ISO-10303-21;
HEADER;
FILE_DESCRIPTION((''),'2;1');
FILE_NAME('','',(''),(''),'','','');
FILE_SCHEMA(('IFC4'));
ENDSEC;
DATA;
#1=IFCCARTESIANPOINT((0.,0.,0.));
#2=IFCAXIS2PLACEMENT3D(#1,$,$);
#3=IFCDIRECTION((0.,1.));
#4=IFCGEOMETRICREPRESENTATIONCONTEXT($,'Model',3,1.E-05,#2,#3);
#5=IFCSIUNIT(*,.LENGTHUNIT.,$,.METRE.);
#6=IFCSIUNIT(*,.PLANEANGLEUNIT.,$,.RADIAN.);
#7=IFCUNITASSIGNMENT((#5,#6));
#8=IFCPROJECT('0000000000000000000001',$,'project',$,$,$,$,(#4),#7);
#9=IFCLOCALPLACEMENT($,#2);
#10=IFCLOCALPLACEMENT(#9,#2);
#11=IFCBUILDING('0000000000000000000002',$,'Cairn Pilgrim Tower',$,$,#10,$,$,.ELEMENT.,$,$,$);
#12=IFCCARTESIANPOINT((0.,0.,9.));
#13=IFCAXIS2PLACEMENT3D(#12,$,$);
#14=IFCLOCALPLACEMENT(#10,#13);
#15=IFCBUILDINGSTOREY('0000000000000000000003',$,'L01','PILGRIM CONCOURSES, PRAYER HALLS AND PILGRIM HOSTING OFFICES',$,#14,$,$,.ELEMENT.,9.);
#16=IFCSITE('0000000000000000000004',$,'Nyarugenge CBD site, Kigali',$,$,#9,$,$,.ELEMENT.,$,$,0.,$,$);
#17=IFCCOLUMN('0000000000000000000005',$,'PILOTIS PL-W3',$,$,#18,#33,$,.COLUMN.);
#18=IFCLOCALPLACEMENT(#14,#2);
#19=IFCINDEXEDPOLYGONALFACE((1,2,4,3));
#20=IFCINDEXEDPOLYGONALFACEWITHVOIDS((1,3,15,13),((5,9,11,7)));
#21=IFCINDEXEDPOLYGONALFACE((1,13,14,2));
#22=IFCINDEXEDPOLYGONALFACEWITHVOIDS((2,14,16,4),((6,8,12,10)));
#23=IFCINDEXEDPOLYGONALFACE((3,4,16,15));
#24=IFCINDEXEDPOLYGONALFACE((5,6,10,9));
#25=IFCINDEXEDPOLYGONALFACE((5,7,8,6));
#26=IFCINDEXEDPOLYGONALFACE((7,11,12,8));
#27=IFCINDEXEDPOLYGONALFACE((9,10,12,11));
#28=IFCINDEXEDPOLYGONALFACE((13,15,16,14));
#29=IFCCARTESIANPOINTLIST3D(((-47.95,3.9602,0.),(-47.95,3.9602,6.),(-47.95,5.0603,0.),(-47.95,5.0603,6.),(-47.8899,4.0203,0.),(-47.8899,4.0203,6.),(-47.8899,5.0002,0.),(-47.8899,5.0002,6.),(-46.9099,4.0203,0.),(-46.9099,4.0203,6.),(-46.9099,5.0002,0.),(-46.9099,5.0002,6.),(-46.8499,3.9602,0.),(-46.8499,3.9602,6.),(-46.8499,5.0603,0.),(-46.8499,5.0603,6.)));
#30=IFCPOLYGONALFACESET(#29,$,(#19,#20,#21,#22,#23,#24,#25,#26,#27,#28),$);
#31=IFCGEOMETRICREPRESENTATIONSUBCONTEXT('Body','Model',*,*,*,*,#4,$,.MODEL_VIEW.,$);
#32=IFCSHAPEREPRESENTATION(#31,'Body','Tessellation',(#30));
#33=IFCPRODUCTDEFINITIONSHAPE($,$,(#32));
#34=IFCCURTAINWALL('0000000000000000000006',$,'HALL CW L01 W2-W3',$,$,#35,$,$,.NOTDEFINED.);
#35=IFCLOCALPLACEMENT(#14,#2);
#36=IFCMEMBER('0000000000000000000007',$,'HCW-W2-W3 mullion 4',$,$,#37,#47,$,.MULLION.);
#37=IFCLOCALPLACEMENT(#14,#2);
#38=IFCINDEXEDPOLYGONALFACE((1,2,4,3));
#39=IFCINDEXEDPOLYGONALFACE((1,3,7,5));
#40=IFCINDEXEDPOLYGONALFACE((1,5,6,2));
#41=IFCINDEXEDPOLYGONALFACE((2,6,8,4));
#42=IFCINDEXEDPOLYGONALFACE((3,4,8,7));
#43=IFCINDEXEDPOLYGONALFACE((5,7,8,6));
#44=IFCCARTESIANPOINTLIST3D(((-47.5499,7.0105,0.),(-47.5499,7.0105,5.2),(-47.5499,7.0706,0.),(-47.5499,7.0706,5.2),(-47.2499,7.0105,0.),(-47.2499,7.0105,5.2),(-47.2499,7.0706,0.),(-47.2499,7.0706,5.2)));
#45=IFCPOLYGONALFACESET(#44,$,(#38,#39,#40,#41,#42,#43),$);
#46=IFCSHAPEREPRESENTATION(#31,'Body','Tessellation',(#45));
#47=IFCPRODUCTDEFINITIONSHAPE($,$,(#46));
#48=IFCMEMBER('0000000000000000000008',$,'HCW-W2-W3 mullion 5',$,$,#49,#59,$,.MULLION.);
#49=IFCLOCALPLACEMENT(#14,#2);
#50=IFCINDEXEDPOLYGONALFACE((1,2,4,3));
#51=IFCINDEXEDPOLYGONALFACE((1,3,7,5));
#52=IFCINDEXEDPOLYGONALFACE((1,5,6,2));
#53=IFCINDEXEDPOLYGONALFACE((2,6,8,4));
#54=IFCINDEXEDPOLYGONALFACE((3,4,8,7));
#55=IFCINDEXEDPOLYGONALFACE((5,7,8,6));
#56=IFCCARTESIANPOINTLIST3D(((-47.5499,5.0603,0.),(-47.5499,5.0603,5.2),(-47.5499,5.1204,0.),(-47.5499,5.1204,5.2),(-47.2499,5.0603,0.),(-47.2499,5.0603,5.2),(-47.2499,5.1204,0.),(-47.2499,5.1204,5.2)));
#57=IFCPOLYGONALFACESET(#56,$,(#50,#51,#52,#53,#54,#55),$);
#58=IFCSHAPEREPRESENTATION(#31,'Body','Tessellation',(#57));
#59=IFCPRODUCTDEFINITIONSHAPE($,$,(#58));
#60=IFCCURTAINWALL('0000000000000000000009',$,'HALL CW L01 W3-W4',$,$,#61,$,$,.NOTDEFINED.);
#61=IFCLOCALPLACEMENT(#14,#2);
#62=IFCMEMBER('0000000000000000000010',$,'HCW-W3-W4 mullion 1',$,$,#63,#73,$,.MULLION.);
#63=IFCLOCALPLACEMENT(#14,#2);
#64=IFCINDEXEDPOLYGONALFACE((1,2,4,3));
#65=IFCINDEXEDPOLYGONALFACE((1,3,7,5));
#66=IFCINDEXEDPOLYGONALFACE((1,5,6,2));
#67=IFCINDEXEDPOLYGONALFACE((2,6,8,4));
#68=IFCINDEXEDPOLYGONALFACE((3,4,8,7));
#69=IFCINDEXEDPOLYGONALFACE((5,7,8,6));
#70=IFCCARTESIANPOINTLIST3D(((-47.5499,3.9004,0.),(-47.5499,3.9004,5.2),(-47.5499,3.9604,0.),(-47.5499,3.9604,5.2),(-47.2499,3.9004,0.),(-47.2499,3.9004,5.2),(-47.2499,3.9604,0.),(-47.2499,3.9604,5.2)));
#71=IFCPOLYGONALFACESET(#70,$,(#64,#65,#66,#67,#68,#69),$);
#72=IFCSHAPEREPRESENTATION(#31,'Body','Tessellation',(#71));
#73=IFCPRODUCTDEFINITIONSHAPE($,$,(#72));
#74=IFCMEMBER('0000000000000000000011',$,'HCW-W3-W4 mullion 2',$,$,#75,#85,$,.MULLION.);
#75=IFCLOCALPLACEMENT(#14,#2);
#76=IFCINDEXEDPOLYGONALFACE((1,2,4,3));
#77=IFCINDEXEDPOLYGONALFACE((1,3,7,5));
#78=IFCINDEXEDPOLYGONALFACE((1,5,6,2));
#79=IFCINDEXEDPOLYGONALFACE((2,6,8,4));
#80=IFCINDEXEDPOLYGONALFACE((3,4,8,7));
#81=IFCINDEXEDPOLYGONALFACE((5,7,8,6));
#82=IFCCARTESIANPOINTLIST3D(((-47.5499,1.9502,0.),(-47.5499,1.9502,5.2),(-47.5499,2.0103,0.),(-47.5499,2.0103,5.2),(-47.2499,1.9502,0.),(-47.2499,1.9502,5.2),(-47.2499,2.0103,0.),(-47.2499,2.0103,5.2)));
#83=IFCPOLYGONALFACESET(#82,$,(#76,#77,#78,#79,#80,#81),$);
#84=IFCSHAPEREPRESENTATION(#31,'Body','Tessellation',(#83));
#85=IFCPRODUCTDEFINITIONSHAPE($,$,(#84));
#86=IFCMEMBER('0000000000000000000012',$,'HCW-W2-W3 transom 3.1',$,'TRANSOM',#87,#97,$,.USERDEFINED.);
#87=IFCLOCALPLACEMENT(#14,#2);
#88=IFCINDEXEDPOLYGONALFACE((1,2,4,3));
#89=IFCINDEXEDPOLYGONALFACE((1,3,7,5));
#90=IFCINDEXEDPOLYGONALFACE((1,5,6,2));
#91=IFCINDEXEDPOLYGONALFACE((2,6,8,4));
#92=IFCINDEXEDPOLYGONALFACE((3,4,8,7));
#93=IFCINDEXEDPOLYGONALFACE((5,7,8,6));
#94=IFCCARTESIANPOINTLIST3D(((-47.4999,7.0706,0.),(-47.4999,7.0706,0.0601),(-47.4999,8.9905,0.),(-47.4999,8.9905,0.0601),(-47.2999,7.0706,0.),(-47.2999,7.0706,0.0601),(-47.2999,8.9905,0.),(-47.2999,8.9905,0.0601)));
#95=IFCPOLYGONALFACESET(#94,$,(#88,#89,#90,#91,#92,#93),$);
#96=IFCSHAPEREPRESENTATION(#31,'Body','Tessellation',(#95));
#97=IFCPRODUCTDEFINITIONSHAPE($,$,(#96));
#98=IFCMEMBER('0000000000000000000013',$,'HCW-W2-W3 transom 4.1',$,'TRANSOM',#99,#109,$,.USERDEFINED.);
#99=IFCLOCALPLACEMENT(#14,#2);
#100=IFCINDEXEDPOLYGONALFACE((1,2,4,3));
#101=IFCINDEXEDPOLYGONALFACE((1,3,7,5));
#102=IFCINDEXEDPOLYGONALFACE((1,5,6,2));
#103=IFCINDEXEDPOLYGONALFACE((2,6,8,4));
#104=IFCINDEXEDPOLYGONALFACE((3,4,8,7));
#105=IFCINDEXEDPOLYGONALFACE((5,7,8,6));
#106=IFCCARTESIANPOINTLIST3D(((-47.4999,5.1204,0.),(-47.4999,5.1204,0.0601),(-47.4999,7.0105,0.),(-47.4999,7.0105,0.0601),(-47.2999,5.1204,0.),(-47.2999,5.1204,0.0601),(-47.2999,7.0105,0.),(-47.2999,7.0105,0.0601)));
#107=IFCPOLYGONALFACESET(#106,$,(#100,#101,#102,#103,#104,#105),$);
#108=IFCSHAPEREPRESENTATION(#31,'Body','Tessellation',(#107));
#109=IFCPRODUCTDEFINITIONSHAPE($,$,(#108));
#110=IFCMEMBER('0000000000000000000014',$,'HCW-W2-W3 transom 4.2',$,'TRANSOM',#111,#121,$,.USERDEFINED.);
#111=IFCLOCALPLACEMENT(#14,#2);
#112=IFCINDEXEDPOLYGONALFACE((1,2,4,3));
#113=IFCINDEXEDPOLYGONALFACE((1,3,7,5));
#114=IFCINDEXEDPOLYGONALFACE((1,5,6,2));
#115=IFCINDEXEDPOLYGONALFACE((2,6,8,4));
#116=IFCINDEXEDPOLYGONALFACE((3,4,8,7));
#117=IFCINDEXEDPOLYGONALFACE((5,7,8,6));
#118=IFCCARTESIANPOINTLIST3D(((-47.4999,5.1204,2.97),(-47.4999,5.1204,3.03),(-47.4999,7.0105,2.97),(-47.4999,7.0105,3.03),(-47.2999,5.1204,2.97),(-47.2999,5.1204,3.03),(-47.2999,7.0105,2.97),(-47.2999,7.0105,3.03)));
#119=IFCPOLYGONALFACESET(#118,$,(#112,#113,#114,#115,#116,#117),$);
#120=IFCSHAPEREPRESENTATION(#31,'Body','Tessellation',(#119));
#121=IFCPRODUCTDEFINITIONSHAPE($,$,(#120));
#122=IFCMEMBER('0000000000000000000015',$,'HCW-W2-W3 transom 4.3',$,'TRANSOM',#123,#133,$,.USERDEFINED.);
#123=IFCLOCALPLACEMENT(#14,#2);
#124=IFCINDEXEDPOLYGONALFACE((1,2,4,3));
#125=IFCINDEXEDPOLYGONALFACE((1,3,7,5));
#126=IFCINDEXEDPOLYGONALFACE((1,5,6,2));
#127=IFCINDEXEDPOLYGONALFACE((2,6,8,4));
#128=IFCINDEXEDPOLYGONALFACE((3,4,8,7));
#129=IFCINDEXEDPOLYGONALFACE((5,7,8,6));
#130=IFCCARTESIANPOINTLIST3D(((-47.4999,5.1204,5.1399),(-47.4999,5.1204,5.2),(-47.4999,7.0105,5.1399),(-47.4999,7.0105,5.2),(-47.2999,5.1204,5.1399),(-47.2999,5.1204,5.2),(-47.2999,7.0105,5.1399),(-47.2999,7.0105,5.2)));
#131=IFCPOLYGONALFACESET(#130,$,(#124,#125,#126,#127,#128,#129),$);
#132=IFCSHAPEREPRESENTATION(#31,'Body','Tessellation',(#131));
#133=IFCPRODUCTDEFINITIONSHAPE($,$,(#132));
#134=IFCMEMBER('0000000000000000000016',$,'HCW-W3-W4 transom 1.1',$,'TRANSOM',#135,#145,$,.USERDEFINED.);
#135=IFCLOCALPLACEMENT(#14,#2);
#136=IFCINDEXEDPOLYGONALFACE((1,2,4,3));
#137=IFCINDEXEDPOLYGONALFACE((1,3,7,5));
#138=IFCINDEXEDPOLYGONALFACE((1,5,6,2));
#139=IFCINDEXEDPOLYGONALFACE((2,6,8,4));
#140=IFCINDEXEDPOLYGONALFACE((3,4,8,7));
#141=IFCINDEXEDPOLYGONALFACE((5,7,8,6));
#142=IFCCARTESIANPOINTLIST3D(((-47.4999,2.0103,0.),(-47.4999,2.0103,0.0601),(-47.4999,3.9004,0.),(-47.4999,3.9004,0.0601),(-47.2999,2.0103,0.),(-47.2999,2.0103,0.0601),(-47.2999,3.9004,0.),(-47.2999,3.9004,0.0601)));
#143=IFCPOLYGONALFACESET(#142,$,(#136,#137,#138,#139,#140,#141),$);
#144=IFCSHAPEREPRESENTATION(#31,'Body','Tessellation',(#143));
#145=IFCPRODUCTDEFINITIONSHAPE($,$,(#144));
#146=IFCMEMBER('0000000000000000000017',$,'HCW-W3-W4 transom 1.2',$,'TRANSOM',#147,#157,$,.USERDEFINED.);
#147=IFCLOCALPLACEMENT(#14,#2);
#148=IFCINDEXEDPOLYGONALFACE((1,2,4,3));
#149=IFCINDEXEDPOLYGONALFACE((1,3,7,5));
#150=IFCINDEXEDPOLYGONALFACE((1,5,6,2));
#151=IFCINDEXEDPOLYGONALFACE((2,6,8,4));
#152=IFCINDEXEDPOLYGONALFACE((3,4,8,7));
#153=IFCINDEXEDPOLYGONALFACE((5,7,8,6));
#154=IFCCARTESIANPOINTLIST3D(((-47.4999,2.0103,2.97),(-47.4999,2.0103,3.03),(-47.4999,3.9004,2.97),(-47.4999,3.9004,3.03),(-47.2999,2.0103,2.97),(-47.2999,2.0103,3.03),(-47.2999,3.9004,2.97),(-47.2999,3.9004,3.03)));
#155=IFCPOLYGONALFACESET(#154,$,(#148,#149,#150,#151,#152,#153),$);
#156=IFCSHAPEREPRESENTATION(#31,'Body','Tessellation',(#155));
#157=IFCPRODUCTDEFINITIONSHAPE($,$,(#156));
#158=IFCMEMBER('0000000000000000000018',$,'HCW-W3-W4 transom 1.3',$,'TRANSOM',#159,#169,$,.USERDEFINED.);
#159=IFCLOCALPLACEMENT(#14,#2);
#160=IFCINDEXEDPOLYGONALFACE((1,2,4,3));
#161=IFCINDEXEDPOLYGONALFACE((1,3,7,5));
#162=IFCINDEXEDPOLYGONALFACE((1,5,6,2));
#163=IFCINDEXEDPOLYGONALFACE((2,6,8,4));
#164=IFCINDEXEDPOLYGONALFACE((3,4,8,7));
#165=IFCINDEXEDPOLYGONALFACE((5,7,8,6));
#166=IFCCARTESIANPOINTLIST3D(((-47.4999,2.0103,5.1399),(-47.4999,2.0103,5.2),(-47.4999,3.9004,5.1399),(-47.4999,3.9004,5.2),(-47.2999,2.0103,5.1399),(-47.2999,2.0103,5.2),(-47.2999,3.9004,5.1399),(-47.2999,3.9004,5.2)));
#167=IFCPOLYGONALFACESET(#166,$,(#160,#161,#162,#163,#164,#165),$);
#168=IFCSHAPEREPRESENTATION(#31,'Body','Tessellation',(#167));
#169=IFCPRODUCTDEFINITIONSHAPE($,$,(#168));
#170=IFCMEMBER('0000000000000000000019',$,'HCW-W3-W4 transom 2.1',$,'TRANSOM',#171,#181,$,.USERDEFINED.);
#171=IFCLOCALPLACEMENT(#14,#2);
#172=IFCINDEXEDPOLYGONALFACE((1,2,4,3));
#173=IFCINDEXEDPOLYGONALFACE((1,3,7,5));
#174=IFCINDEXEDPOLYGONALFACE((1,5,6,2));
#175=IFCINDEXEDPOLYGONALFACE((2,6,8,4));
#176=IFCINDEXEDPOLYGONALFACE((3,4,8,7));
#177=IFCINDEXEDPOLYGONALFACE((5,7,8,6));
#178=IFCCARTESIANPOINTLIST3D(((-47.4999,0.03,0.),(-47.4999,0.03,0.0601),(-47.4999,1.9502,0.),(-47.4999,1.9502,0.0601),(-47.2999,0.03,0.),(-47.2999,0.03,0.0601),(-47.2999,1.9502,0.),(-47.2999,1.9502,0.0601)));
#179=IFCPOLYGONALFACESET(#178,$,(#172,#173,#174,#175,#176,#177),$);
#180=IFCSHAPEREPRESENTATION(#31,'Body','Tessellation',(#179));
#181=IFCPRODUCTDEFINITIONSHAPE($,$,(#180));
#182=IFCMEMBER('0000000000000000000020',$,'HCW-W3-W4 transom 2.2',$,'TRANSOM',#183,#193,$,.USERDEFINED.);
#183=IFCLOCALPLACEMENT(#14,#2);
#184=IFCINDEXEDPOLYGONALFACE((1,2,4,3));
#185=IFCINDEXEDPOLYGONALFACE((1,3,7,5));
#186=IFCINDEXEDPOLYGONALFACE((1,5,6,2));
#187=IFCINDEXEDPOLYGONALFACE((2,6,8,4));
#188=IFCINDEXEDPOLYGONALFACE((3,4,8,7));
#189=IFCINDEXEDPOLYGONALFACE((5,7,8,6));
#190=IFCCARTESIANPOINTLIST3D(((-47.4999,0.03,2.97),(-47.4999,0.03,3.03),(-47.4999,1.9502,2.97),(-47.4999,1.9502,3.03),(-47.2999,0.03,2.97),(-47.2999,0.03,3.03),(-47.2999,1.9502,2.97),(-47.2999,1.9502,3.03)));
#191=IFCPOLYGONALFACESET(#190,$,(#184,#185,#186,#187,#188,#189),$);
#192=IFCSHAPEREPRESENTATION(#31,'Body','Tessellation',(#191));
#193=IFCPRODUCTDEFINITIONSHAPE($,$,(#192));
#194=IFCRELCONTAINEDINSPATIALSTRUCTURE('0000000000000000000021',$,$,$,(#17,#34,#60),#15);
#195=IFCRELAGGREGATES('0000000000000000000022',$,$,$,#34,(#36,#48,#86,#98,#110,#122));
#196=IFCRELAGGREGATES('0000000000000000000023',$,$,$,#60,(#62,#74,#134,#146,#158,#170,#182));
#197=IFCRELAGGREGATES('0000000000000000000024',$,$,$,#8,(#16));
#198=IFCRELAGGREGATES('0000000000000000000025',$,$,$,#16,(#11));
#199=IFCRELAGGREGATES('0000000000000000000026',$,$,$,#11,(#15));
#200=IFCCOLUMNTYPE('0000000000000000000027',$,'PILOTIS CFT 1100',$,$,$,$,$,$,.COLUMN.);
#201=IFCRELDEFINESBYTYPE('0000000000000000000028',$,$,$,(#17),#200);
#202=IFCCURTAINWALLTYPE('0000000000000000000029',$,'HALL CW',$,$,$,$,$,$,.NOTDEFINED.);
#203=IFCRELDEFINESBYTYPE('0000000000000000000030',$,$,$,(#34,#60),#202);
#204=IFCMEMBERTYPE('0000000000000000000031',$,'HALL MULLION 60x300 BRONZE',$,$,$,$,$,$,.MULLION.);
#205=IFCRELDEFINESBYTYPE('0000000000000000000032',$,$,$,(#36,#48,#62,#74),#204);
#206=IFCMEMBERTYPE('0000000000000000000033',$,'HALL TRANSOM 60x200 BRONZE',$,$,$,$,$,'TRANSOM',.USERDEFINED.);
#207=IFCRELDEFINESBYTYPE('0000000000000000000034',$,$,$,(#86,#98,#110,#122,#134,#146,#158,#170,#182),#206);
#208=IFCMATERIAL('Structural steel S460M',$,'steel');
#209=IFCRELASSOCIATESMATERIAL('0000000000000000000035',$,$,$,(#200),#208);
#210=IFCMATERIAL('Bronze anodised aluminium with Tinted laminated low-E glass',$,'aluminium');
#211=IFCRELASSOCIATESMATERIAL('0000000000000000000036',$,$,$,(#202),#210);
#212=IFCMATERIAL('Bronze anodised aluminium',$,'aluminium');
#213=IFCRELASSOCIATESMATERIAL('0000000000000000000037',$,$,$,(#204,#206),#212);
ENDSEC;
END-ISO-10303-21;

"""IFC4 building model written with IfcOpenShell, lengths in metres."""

from ifc_helpers import new_model, si_unit, direction, frame, origin, origin_2d, place, context, subcontext, project, spatial, rectangle, hollow_rectangle, extrude, material, material_profile, profile_set, type_object, element, aggregate, save


model = new_model("IFC4")

# Units and contexts
model_context = context("Model", 3, precision=1e-05, world=origin(), true_north=direction((0.0, 1.0)))
body_context = subcontext(model_context, "Body", "Model", "MODEL_VIEW")
ifc_project = project(units=[si_unit("LENGTHUNIT", "METRE"), si_unit("PLANEANGLEUNIT", "RADIAN")], contexts=[model_context])

# Site, building, storey
site_placement = place(None, origin())
site = spatial("IfcSite", under=ifc_project, at=site_placement, Name="Nyarugenge CBD site, Kigali", CompositionType="ELEMENT", RefElevation=0.0)
building_placement = place(site_placement, origin())
building = spatial("IfcBuilding", under=site, at=building_placement, Name="Cairn Pilgrim Tower", CompositionType="ELEMENT")
storey_placement = place(building_placement, frame((0.0, 0.0, 9.0)))
storey = spatial("IfcBuildingStorey", under=building, at=storey_placement, Name="L01", Description="PILGRIM CONCOURSES, PRAYER HALLS AND PILGRIM HOSTING OFFICES", CompositionType="ELEMENT", Elevation=9.0)

# Column
ifc_material_1 = material(Name="Structural steel S460M", Category="steel")
ifc_material_profile_1 = material_profile(ifc_material_1, hollow_rectangle(XDim=1.1001, YDim=1.1001, WallThickness=0.0601, at=origin_2d()), Name="BOX 1100x1100x60")
ifc_profile_set_1 = profile_set([ifc_material_profile_1], Name="Structural steel S460M")
column_type = type_object("IfcColumnType", Name="PILOTIS CFT 1100", PredefinedType="COLUMN", material=ifc_profile_set_1)
column_placement = place(storey_placement, frame((-47.3999, 4.5103, 0.0), z_axis=(0.0, 0.0, 1.0), x_axis=(1.0, 0.0, 0.0)))
element("IfcColumn", 1, at=column_placement, inside=storey, type_object=column_type, Name="PILOTIS PL-W3", PredefinedType="COLUMN", context=body_context, shape_type="SweptSolid", body=[
    extrude(hollow_rectangle(XDim=1.1001, YDim=1.1001, WallThickness=0.0601, at=origin_2d()), origin(), (0.0, 0.0, 1.0), 6.0),
])

# Curtain walls, members
ifc_material_2 = material(Name="Bronze anodised aluminium with Tinted laminated low-E glass", Category="aluminium")
curtain_wall_type = type_object("IfcCurtainWallType", Name="HALL CW", PredefinedType="NOTDEFINED", material=ifc_material_2)
curtain_wall_1_placement = place(storey_placement, origin())
curtain_wall_1 = element("IfcCurtainWall", 2, at=curtain_wall_1_placement, inside=storey, type_object=curtain_wall_type, Name="HALL CW L01 W2-W3", PredefinedType="NOTDEFINED")
ifc_material_3 = material(Name="Bronze anodised aluminium", Category="aluminium")
ifc_material_profile_2 = material_profile(ifc_material_3, rectangle(XDim=0.3, YDim=0.0601, at=origin_2d()), Name="HALL MULLION 60x300 BRONZE")
ifc_profile_set_2 = profile_set([ifc_material_profile_2], Name="Bronze anodised aluminium")
member_type_1 = type_object("IfcMemberType", Name="HALL MULLION 60x300 BRONZE", PredefinedType="MULLION", material=ifc_profile_set_2)
member_1_placement = place(storey_placement, frame((-47.3999, 7.0405, 0.0), z_axis=(0.0, 0.0, 1.0), x_axis=(1.0, 0.0, 0.0)))
member_1 = element("IfcMember", 3, at=member_1_placement, type_object=member_type_1, Name="HCW-W2-W3 mullion 4", PredefinedType="MULLION", context=body_context, shape_type="SweptSolid", body=[
    extrude(rectangle(XDim=0.3, YDim=0.0601, at=origin_2d()), origin(), (0.0, 0.0, 1.0), 5.2),
])
member_2_placement = place(storey_placement, frame((-47.3999, 5.0903, 0.0), z_axis=(0.0, 0.0, 1.0), x_axis=(1.0, 0.0, 0.0)))
member_2 = element("IfcMember", 4, at=member_2_placement, type_object=member_type_1, Name="HCW-W2-W3 mullion 5", PredefinedType="MULLION", context=body_context, shape_type="SweptSolid", body=[
    extrude(rectangle(XDim=0.3, YDim=0.0601, at=origin_2d()), origin(), (0.0, 0.0, 1.0), 5.2),
])
curtain_wall_2_placement = place(storey_placement, origin())
curtain_wall_2 = element("IfcCurtainWall", 5, at=curtain_wall_2_placement, inside=storey, type_object=curtain_wall_type, Name="HALL CW L01 W3-W4", PredefinedType="NOTDEFINED")
member_3_placement = place(storey_placement, frame((-47.3999, 3.9304, 0.0), z_axis=(0.0, 0.0, 1.0), x_axis=(1.0, 0.0, 0.0)))
member_3 = element("IfcMember", 6, at=member_3_placement, type_object=member_type_1, Name="HCW-W3-W4 mullion 1", PredefinedType="MULLION", context=body_context, shape_type="SweptSolid", body=[
    extrude(rectangle(XDim=0.3, YDim=0.0601, at=origin_2d()), origin(), (0.0, 0.0, 1.0), 5.2),
])
member_4_placement = place(storey_placement, frame((-47.3999, 1.9802, 0.0), z_axis=(0.0, 0.0, 1.0), x_axis=(1.0, 0.0, 0.0)))
member_4 = element("IfcMember", 7, at=member_4_placement, type_object=member_type_1, Name="HCW-W3-W4 mullion 2", PredefinedType="MULLION", context=body_context, shape_type="SweptSolid", body=[
    extrude(rectangle(XDim=0.3, YDim=0.0601, at=origin_2d()), origin(), (0.0, 0.0, 1.0), 5.2),
])

# Members
ifc_material_profile_3 = material_profile(ifc_material_3, rectangle(XDim=0.2, YDim=0.0601, at=origin_2d()), Name="HALL TRANSOM 60x200 BRONZE")
ifc_profile_set_3 = profile_set([ifc_material_profile_3], Name="Bronze anodised aluminium")
member_type_2 = type_object("IfcMemberType", Name="HALL TRANSOM 60x200 BRONZE", ElementType="TRANSOM", PredefinedType="USERDEFINED", material=ifc_profile_set_3)
member_5_placement = place(storey_placement, frame((-47.3999, 8.9905, 0.03), z_axis=(0.0, -1.0, 0.0), x_axis=(1.0, 0.0, 0.0)))
member_5 = element("IfcMember", 8, at=member_5_placement, type_object=member_type_2, Name="HCW-W2-W3 transom 3.1", ObjectType="TRANSOM", PredefinedType="USERDEFINED", context=body_context, shape_type="SweptSolid", body=[
    extrude(rectangle(XDim=0.2, YDim=0.0601, at=origin_2d()), origin(), (0.0, 0.0, 1.0), 1.9199),
])
member_6_placement = place(storey_placement, frame((-47.3999, 7.0105, 0.03), z_axis=(0.0, -1.0, 0.0), x_axis=(1.0, 0.0, 0.0)))
member_6 = element("IfcMember", 9, at=member_6_placement, type_object=member_type_2, Name="HCW-W2-W3 transom 4.1", ObjectType="TRANSOM", PredefinedType="USERDEFINED", context=body_context, shape_type="SweptSolid", body=[
    extrude(rectangle(XDim=0.2, YDim=0.0601, at=origin_2d()), origin(), (0.0, 0.0, 1.0), 1.8901),
])
member_7_placement = place(storey_placement, frame((-47.3999, 7.0105, 3.0), z_axis=(0.0, -1.0, 0.0), x_axis=(1.0, 0.0, 0.0)))
member_7 = element("IfcMember", 10, at=member_7_placement, type_object=member_type_2, Name="HCW-W2-W3 transom 4.2", ObjectType="TRANSOM", PredefinedType="USERDEFINED", context=body_context, shape_type="SweptSolid", body=[
    extrude(rectangle(XDim=0.2, YDim=0.0601, at=origin_2d()), origin(), (0.0, 0.0, 1.0), 1.8901),
])
member_8_placement = place(storey_placement, frame((-47.3999, 7.0105, 5.1699), z_axis=(0.0, -1.0, 0.0), x_axis=(1.0, 0.0, 0.0)))
member_8 = element("IfcMember", 11, at=member_8_placement, type_object=member_type_2, Name="HCW-W2-W3 transom 4.3", ObjectType="TRANSOM", PredefinedType="USERDEFINED", context=body_context, shape_type="SweptSolid", body=[
    extrude(rectangle(XDim=0.2, YDim=0.0601, at=origin_2d()), origin(), (0.0, 0.0, 1.0), 1.8901),
])
member_9_placement = place(storey_placement, frame((-47.3999, 3.9004, 0.03), z_axis=(0.0, -1.0, 0.0), x_axis=(1.0, 0.0, 0.0)))
member_9 = element("IfcMember", 12, at=member_9_placement, type_object=member_type_2, Name="HCW-W3-W4 transom 1.1", ObjectType="TRANSOM", PredefinedType="USERDEFINED", context=body_context, shape_type="SweptSolid", body=[
    extrude(rectangle(XDim=0.2, YDim=0.0601, at=origin_2d()), origin(), (0.0, 0.0, 1.0), 1.8901),
])
member_10_placement = place(storey_placement, frame((-47.3999, 3.9004, 3.0), z_axis=(0.0, -1.0, 0.0), x_axis=(1.0, 0.0, 0.0)))
member_10 = element("IfcMember", 13, at=member_10_placement, type_object=member_type_2, Name="HCW-W3-W4 transom 1.2", ObjectType="TRANSOM", PredefinedType="USERDEFINED", context=body_context, shape_type="SweptSolid", body=[
    extrude(rectangle(XDim=0.2, YDim=0.0601, at=origin_2d()), origin(), (0.0, 0.0, 1.0), 1.8901),
])
member_11_placement = place(storey_placement, frame((-47.3999, 3.9004, 5.1699), z_axis=(0.0, -1.0, 0.0), x_axis=(1.0, 0.0, 0.0)))
member_11 = element("IfcMember", 14, at=member_11_placement, type_object=member_type_2, Name="HCW-W3-W4 transom 1.3", ObjectType="TRANSOM", PredefinedType="USERDEFINED", context=body_context, shape_type="SweptSolid", body=[
    extrude(rectangle(XDim=0.2, YDim=0.0601, at=origin_2d()), origin(), (0.0, 0.0, 1.0), 1.8901),
])
member_12_placement = place(storey_placement, frame((-47.3999, 1.9502, 0.03), z_axis=(0.0, -1.0, 0.0), x_axis=(1.0, 0.0, 0.0)))
member_12 = element("IfcMember", 15, at=member_12_placement, type_object=member_type_2, Name="HCW-W3-W4 transom 2.1", ObjectType="TRANSOM", PredefinedType="USERDEFINED", context=body_context, shape_type="SweptSolid", body=[
    extrude(rectangle(XDim=0.2, YDim=0.0601, at=origin_2d()), origin(), (0.0, 0.0, 1.0), 1.9202),
])
member_13_placement = place(storey_placement, frame((-47.3999, 1.9502, 3.0), z_axis=(0.0, -1.0, 0.0), x_axis=(1.0, 0.0, 0.0)))
member_13 = element("IfcMember", 16, at=member_13_placement, type_object=member_type_2, Name="HCW-W3-W4 transom 2.2", ObjectType="TRANSOM", PredefinedType="USERDEFINED", context=body_context, shape_type="SweptSolid", body=[
    extrude(rectangle(XDim=0.2, YDim=0.0601, at=origin_2d()), origin(), (0.0, 0.0, 1.0), 1.9202),
])

aggregate(curtain_wall_1, [member_1, member_2, member_5, member_6, member_7, member_8])
aggregate(curtain_wall_2, [member_3, member_4, member_9, member_10, member_11, member_12, member_13])

save(model, "model.ifc")
